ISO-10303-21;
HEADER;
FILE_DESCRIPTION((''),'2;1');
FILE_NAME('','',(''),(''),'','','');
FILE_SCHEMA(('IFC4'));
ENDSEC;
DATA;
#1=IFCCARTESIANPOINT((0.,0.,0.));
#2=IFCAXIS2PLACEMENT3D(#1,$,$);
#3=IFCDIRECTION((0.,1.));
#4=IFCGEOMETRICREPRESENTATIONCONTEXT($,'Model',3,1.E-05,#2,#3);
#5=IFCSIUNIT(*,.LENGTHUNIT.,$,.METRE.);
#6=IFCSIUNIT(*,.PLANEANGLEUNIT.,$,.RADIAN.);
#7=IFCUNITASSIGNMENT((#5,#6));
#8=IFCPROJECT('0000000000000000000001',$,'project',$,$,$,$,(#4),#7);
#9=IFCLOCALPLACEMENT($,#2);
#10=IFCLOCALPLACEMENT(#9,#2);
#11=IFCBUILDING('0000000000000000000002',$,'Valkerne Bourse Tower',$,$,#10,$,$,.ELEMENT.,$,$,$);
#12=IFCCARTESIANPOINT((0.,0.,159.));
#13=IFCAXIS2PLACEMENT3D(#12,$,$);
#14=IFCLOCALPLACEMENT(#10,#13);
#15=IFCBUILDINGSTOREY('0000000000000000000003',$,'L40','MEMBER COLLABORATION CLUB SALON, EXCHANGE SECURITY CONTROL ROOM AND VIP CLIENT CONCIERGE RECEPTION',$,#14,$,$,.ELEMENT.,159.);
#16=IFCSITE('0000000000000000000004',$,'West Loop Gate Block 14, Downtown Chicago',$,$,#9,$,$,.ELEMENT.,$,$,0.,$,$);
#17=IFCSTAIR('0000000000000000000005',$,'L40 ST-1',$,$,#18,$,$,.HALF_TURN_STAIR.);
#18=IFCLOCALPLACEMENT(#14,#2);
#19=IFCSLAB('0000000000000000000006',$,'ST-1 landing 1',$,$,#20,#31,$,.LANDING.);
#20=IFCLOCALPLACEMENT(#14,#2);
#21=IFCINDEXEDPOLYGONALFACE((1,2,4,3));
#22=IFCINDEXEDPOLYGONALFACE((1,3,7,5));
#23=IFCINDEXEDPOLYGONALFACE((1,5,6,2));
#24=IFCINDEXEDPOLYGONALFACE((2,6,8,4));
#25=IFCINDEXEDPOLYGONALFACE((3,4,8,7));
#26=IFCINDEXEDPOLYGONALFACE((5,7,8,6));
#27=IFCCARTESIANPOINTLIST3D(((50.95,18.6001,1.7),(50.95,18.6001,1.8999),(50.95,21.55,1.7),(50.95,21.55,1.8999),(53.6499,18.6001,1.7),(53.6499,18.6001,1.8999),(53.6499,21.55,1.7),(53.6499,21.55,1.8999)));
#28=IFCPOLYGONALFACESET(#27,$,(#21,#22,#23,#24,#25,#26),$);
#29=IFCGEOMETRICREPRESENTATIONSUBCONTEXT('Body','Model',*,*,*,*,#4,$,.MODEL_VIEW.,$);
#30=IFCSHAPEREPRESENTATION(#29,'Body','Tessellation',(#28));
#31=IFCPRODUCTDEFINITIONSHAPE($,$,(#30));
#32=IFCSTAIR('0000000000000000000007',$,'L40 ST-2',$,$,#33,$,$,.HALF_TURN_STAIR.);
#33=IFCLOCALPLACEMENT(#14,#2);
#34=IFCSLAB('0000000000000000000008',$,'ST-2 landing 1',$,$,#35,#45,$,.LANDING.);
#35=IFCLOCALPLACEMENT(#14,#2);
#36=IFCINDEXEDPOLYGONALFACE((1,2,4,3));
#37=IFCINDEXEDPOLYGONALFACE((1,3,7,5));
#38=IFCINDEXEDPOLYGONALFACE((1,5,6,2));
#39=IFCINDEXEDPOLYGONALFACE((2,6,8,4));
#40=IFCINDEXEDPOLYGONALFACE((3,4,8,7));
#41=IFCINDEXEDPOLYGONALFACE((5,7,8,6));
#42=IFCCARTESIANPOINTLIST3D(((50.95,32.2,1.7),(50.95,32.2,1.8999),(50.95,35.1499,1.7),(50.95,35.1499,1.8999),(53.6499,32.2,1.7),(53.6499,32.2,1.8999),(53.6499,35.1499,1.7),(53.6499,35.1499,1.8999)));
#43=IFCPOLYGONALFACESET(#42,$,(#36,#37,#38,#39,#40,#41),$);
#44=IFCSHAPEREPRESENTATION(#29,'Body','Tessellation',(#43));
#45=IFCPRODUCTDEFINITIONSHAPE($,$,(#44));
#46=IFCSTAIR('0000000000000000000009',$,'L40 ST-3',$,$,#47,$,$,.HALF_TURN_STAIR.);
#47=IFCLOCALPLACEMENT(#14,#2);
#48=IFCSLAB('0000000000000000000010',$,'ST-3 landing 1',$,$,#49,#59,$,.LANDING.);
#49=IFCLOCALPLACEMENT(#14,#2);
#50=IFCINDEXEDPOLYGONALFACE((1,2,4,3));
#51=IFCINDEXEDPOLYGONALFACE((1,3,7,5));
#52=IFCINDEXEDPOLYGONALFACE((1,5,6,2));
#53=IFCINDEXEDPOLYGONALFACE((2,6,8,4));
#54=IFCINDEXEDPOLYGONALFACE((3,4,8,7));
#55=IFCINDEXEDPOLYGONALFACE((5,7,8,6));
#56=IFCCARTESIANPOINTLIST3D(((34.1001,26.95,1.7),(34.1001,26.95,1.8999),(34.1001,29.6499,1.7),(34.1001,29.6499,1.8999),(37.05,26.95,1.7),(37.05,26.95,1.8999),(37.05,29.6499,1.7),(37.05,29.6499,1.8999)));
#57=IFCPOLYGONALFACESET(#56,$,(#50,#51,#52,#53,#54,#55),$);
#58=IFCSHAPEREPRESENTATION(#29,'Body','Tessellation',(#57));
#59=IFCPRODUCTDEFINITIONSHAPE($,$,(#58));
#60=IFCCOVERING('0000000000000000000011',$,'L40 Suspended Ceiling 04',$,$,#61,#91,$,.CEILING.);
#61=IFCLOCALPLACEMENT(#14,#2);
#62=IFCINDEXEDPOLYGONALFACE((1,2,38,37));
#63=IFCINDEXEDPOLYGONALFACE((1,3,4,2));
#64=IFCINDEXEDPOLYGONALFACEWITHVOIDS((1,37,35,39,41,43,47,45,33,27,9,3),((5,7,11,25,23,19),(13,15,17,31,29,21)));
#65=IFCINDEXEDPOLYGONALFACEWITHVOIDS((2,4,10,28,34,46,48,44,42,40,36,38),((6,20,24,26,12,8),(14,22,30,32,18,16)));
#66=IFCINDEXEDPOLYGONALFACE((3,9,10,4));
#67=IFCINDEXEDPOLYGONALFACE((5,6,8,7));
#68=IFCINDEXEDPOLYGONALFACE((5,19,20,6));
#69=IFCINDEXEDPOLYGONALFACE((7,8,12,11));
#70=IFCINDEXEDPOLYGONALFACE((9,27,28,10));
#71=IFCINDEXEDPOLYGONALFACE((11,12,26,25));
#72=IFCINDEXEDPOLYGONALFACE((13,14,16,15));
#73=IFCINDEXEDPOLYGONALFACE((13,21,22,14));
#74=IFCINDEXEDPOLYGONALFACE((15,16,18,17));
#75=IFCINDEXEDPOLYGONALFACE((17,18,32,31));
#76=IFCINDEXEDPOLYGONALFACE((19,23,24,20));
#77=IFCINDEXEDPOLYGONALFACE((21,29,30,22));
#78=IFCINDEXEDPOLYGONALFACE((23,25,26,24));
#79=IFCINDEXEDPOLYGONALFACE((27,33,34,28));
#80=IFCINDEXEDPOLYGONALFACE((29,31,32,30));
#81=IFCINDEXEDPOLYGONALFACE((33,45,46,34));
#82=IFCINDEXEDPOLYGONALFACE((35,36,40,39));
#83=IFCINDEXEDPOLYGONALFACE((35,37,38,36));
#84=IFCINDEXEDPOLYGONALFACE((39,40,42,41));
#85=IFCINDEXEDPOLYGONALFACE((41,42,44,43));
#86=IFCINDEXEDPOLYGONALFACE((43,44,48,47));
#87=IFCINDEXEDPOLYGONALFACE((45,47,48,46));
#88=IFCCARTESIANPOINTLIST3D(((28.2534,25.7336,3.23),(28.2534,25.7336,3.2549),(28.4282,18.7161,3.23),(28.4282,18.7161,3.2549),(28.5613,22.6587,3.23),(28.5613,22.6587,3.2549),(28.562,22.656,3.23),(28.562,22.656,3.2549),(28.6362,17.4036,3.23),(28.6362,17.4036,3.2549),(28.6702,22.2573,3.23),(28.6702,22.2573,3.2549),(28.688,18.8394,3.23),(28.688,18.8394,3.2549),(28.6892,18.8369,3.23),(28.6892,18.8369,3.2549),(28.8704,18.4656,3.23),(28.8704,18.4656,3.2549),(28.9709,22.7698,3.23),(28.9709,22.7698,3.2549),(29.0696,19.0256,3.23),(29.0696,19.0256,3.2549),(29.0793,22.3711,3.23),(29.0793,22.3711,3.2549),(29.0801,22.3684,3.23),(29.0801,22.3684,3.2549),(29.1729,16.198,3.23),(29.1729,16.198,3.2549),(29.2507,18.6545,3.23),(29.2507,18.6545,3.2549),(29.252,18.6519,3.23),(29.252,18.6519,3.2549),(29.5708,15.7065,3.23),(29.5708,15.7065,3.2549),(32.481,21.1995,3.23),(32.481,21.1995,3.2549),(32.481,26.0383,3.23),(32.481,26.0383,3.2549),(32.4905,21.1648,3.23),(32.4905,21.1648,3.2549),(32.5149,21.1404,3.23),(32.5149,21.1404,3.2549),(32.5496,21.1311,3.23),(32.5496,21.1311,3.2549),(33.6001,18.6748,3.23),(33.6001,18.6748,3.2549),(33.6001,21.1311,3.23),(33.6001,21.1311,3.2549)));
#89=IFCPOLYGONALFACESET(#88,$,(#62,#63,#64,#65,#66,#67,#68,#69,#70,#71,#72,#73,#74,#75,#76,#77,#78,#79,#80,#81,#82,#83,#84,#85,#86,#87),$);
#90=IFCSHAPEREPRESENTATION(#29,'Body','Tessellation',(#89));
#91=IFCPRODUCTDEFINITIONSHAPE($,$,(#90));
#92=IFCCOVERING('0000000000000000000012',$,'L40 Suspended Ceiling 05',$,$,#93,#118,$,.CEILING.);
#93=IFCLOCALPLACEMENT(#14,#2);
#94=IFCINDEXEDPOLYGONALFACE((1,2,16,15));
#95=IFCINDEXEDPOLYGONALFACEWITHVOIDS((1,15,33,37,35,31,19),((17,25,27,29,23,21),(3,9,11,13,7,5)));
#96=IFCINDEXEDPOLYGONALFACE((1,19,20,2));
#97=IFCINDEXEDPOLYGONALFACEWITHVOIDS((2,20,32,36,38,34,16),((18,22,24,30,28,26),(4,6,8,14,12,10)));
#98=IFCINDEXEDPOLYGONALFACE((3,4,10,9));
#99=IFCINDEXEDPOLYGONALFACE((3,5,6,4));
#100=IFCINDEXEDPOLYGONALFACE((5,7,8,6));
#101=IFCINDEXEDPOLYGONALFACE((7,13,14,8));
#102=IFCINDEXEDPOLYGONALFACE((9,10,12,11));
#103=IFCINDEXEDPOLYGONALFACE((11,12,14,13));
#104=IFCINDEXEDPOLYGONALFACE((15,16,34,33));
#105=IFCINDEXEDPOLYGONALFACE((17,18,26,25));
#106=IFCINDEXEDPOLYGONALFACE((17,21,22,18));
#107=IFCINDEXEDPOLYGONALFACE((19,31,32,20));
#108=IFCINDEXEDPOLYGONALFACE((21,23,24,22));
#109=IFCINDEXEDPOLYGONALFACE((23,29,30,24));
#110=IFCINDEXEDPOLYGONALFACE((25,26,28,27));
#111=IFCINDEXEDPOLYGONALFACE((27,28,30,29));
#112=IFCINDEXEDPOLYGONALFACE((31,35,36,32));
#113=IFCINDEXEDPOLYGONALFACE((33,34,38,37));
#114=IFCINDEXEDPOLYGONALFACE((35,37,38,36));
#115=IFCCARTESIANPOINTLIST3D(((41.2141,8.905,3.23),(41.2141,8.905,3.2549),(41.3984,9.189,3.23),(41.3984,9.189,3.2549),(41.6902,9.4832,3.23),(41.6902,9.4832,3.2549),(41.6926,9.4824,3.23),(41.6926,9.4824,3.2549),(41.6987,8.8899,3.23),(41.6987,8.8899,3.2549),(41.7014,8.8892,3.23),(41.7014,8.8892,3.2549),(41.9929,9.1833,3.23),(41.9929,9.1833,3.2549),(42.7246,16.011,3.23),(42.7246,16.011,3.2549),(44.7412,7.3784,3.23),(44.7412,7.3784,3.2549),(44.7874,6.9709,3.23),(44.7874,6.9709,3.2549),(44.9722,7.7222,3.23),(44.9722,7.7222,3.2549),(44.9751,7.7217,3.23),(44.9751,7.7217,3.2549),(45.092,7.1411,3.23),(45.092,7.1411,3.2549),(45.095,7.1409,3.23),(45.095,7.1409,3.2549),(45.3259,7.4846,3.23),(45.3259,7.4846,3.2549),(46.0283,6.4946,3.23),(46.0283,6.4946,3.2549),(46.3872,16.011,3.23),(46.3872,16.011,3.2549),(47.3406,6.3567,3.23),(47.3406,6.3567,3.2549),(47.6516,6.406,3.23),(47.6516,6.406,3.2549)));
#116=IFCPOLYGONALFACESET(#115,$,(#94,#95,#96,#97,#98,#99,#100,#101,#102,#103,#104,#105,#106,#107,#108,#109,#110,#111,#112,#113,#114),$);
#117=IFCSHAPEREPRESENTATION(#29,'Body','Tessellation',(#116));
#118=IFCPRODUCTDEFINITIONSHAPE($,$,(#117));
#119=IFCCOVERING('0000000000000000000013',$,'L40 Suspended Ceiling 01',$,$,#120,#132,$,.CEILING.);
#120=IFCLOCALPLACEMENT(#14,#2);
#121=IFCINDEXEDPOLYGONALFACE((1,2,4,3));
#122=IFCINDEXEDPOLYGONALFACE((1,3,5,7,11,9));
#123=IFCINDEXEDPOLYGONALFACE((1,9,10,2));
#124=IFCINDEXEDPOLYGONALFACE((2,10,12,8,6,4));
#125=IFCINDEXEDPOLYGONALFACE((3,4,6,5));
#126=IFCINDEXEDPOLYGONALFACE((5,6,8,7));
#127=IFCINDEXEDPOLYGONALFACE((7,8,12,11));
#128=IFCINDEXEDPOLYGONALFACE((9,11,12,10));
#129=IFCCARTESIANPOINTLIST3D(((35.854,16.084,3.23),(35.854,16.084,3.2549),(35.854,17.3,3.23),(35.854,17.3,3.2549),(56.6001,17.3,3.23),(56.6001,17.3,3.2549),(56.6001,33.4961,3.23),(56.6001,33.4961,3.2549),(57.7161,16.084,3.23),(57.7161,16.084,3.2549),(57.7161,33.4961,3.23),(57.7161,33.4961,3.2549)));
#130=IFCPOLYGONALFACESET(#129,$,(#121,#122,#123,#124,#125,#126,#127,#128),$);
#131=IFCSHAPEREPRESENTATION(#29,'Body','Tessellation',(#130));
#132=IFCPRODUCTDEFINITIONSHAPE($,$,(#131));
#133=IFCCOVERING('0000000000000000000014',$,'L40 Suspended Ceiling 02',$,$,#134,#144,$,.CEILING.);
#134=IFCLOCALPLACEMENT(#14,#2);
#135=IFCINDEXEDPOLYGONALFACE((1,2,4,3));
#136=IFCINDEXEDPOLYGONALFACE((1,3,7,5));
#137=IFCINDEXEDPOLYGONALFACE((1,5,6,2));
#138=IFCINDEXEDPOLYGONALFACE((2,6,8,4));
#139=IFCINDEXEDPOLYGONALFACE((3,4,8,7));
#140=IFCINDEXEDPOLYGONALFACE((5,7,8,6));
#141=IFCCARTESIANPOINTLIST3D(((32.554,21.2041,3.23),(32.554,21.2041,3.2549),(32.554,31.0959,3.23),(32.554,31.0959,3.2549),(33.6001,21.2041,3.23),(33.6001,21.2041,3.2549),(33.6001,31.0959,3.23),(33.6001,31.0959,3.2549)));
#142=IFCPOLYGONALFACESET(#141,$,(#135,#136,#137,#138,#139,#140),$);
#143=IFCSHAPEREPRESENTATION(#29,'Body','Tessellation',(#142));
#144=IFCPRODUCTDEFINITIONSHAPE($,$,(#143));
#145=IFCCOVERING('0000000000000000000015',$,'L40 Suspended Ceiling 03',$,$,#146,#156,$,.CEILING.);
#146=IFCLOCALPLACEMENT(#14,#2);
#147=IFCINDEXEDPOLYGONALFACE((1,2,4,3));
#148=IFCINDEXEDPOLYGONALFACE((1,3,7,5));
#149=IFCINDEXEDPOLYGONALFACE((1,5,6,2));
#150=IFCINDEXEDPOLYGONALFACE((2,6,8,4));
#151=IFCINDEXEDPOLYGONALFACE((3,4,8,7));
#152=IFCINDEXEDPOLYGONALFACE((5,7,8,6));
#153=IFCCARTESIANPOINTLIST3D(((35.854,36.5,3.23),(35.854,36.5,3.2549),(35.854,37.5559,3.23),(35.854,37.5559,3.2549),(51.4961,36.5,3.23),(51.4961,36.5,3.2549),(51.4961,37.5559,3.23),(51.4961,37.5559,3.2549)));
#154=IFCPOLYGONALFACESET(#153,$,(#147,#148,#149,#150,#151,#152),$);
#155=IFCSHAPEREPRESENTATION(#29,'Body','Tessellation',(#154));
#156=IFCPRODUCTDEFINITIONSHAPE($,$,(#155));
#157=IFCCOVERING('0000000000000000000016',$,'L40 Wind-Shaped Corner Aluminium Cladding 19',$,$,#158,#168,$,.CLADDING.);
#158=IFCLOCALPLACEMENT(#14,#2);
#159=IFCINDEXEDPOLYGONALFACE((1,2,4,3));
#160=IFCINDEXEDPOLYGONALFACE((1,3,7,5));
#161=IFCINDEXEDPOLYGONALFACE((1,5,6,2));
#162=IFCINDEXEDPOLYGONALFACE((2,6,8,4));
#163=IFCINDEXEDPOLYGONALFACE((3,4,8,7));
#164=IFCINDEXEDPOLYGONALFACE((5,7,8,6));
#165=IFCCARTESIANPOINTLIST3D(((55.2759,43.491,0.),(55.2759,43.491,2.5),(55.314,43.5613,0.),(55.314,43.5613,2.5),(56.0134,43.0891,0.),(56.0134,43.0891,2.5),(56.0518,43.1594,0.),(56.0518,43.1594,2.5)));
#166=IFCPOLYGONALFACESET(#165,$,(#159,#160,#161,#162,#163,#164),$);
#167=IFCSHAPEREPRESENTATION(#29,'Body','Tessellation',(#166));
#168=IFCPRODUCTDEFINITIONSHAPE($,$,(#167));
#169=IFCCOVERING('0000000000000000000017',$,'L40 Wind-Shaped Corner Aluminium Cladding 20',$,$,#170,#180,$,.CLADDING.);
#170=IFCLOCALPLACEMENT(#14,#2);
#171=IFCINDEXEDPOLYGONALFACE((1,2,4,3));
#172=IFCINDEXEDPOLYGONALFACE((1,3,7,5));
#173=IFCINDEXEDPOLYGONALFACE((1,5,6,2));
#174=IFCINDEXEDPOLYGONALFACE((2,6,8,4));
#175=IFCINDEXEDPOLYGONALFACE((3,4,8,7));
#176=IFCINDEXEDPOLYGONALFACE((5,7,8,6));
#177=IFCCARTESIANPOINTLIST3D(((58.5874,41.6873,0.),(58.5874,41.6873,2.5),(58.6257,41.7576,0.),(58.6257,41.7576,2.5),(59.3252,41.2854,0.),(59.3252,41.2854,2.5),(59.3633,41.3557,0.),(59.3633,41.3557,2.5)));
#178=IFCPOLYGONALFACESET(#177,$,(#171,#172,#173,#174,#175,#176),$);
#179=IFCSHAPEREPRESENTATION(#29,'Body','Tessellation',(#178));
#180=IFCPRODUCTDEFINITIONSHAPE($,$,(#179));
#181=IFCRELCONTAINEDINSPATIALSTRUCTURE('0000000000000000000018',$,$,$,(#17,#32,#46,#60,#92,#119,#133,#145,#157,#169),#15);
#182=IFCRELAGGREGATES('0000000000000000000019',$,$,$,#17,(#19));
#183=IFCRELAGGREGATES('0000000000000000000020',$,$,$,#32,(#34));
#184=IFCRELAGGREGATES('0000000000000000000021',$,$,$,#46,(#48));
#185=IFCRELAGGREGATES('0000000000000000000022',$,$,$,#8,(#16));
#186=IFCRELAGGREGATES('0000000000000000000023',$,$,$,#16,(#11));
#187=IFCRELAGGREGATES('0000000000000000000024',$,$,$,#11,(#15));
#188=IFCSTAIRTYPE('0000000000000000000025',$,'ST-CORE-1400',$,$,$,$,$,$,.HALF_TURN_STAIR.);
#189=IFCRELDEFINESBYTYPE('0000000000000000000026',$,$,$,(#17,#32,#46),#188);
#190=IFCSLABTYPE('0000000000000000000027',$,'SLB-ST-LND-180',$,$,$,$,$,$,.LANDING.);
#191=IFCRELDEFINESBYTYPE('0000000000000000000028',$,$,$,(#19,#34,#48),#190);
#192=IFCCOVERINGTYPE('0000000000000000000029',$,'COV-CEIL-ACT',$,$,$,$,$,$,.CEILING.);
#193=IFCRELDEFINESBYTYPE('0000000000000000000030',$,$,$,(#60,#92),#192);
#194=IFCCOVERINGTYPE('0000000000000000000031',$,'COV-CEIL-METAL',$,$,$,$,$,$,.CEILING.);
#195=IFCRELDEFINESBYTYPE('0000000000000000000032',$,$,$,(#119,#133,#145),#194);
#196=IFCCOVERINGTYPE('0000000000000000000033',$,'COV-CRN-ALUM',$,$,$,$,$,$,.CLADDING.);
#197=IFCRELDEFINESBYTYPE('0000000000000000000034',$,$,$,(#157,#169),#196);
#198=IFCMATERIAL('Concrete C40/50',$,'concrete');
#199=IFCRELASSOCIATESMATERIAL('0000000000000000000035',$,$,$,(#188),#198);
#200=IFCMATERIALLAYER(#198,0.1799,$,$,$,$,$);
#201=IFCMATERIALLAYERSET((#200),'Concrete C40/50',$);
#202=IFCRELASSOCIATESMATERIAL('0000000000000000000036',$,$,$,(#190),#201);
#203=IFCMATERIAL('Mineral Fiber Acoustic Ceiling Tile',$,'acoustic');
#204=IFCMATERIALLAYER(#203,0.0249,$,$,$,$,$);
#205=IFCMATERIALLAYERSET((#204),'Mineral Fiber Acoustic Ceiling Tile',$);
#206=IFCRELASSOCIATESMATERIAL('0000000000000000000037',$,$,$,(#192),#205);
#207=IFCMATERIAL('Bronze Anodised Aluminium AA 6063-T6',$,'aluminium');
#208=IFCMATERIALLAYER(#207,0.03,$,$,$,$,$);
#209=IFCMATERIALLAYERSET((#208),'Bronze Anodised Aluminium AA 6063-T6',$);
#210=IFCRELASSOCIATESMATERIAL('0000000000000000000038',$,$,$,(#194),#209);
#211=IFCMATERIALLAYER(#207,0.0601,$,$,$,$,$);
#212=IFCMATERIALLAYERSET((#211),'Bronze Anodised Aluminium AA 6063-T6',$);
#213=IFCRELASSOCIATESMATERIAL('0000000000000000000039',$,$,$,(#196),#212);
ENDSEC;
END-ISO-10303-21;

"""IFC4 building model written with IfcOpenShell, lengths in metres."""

from ifc_helpers import new_model, si_unit, direction, frame, origin, place, context, subcontext, project, spatial, polyline, outline, extrude, material, layer, layer_set, type_object, element, aggregate, save


model = new_model("IFC4")

# Units and contexts
model_context = context("Model", 3, precision=1e-05, world=origin(), true_north=direction((0.0, 1.0)))
body_context = subcontext(model_context, "Body", "Model", "MODEL_VIEW")
ifc_project = project(units=[si_unit("LENGTHUNIT", "METRE"), si_unit("PLANEANGLEUNIT", "RADIAN")], contexts=[model_context])

# Site, building, storey
site_placement = place(None, origin())
site = spatial("IfcSite", under=ifc_project, at=site_placement, Name="West Loop Gate Block 14, Downtown Chicago", CompositionType="ELEMENT", RefElevation=0.0)
building_placement = place(site_placement, origin())
building = spatial("IfcBuilding", under=site, at=building_placement, Name="Valkerne Bourse Tower", CompositionType="ELEMENT")
storey_placement = place(building_placement, frame((0.0, 0.0, 159.0)))
storey = spatial("IfcBuildingStorey", under=building, at=storey_placement, Name="L40", Description="MEMBER COLLABORATION CLUB SALON, EXCHANGE SECURITY CONTROL ROOM AND VIP CLIENT CONCIERGE RECEPTION", CompositionType="ELEMENT", Elevation=159.0)

# Stairs, slabs
ifc_material_1 = material(Name="Concrete C40/50", Category="concrete")
stair_type = type_object("IfcStairType", Name="ST-CORE-1400", PredefinedType="HALF_TURN_STAIR", material=ifc_material_1)
stair_1_placement = place(storey_placement, origin())
stair_1 = element("IfcStair", 1, at=stair_1_placement, inside=storey, type_object=stair_type, Name="L40 ST-1", PredefinedType="HALF_TURN_STAIR")
ifc_layer_1 = layer(ifc_material_1, 0.1799)
ifc_layer_set_1 = layer_set([ifc_layer_1], Name="Concrete C40/50")
slab_type = type_object("IfcSlabType", Name="SLB-ST-LND-180", PredefinedType="LANDING", material=ifc_layer_set_1)
slab_1_placement = place(storey_placement, frame((0.0, 0.0, 1.7)))
slab_1 = element("IfcSlab", 2, at=slab_1_placement, type_object=slab_type, Name="ST-1 landing 1", PredefinedType="LANDING", context=body_context, shape_type="SweptSolid", body=[
    extrude(outline(polyline([(50.95, 18.6001), (53.6499, 18.6001), (53.6499, 21.55), (50.95, 21.55), (50.95, 18.6001)])), origin(), (0.0, 0.0, 1.0), 0.2),
])
aggregate(stair_1, [slab_1])
stair_2_placement = place(storey_placement, origin())
stair_2 = element("IfcStair", 3, at=stair_2_placement, inside=storey, type_object=stair_type, Name="L40 ST-2", PredefinedType="HALF_TURN_STAIR")
slab_2_placement = place(storey_placement, frame((0.0, 0.0, 1.7)))
slab_2 = element("IfcSlab", 4, at=slab_2_placement, type_object=slab_type, Name="ST-2 landing 1", PredefinedType="LANDING", context=body_context, shape_type="SweptSolid", body=[
    extrude(outline(polyline([(50.95, 32.2), (53.6499, 32.2), (53.6499, 35.1499), (50.95, 35.1499), (50.95, 32.2)])), origin(), (0.0, 0.0, 1.0), 0.2),
])
aggregate(stair_2, [slab_2])
stair_3_placement = place(storey_placement, origin())
stair_3 = element("IfcStair", 5, at=stair_3_placement, inside=storey, type_object=stair_type, Name="L40 ST-3", PredefinedType="HALF_TURN_STAIR")
slab_3_placement = place(storey_placement, frame((0.0, 0.0, 1.7)))
slab_3 = element("IfcSlab", 6, at=slab_3_placement, type_object=slab_type, Name="ST-3 landing 1", PredefinedType="LANDING", context=body_context, shape_type="SweptSolid", body=[
    extrude(outline(polyline([(37.05, 26.95), (37.05, 29.6499), (34.1001, 29.6499), (34.1001, 26.95), (37.05, 26.95)])), origin(), (0.0, 0.0, 1.0), 0.2),
])
aggregate(stair_3, [slab_3])

# Coverings
ifc_material_2 = material(Name="Mineral Fiber Acoustic Ceiling Tile", Category="acoustic")
ifc_layer_2 = layer(ifc_material_2, 0.0249)
ifc_layer_set_2 = layer_set([ifc_layer_2], Name="Mineral Fiber Acoustic Ceiling Tile")
covering_type_1 = type_object("IfcCoveringType", Name="COV-CEIL-ACT", PredefinedType="CEILING", material=ifc_layer_set_2)
covering_1_placement = place(storey_placement, frame((0.0, 0.0, 3.23)))
element("IfcCovering", 7, at=covering_1_placement, inside=storey, type_object=covering_type_1, Name="L40 Suspended Ceiling 04", PredefinedType="CEILING", context=body_context, shape_type="SweptSolid", body=[
    extrude(outline(polyline([(28.4282, 18.7161), (28.2534, 25.7336), (32.481, 26.0383), (32.481, 21.1995), (32.4905, 21.1648), (32.5149, 21.1404), (32.5496, 21.1311), (33.6001, 21.1311), (33.6001, 18.6748), (29.5708, 15.7065), (29.1729, 16.198), (28.6362, 17.4036), (28.4282, 18.7161)]), holes=[polyline([(29.252, 18.6519), (29.2507, 18.6545), (29.0696, 19.0256), (28.688, 18.8394), (28.6892, 18.8369), (28.8704, 18.4656), (29.252, 18.6519)]), polyline([(29.0793, 22.3711), (28.9709, 22.7698), (28.5613, 22.6587), (28.562, 22.656), (28.6702, 22.2573), (29.0801, 22.3684), (29.0793, 22.3711)])]), origin(), (0.0, 0.0, 1.0), 0.0249),
])
covering_2_placement = place(storey_placement, frame((0.0, 0.0, 3.23)))
element("IfcCovering", 8, at=covering_2_placement, inside=storey, type_object=covering_type_1, Name="L40 Suspended Ceiling 05", PredefinedType="CEILING", context=body_context, shape_type="SweptSolid", body=[
    extrude(outline(polyline([(44.7874, 6.9709), (41.2141, 8.905), (42.7246, 16.011), (46.3872, 16.011), (47.6516, 6.406), (47.3406, 6.3567), (46.0283, 6.4946), (44.7874, 6.9709)]), holes=[polyline([(45.3259, 7.4846), (44.9751, 7.7217), (44.9722, 7.7222), (44.7412, 7.3784), (45.092, 7.1411), (45.095, 7.1409), (45.3259, 7.4846)]), polyline([(41.6926, 9.4824), (41.6902, 9.4832), (41.3984, 9.189), (41.6987, 8.8899), (41.7014, 8.8892), (41.9929, 9.1833), (41.6926, 9.4824)])]), origin(), (0.0, 0.0, 1.0), 0.0249),
])
ifc_material_3 = material(Name="Bronze Anodised Aluminium AA 6063-T6", Category="aluminium")
ifc_layer_3 = layer(ifc_material_3, 0.03)
ifc_layer_set_3 = layer_set([ifc_layer_3], Name="Bronze Anodised Aluminium AA 6063-T6")
covering_type_2 = type_object("IfcCoveringType", Name="COV-CEIL-METAL", PredefinedType="CEILING", material=ifc_layer_set_3)
covering_3_placement = place(storey_placement, frame((0.0, 0.0, 3.23)))
element("IfcCovering", 9, at=covering_3_placement, inside=storey, type_object=covering_type_2, Name="L40 Suspended Ceiling 01", PredefinedType="CEILING", context=body_context, shape_type="SweptSolid", body=[
    extrude(outline(polyline([(35.854, 17.3), (56.6001, 17.3), (56.6001, 33.4961), (57.7161, 33.4961), (57.7161, 16.084), (35.854, 16.084), (35.854, 17.3)])), origin(), (0.0, 0.0, 1.0), 0.0249),
])
covering_4_placement = place(storey_placement, frame((0.0, 0.0, 3.23)))
element("IfcCovering", 10, at=covering_4_placement, inside=storey, type_object=covering_type_2, Name="L40 Suspended Ceiling 02", PredefinedType="CEILING", context=body_context, shape_type="SweptSolid", body=[
    extrude(outline(polyline([(32.554, 21.2041), (32.554, 31.0959), (33.6001, 31.0959), (33.6001, 21.2041), (32.554, 21.2041)])), origin(), (0.0, 0.0, 1.0), 0.0249),
])
covering_5_placement = place(storey_placement, frame((0.0, 0.0, 3.23)))
element("IfcCovering", 11, at=covering_5_placement, inside=storey, type_object=covering_type_2, Name="L40 Suspended Ceiling 03", PredefinedType="CEILING", context=body_context, shape_type="SweptSolid", body=[
    extrude(outline(polyline([(35.854, 37.5559), (51.4961, 37.5559), (51.4961, 36.5), (35.854, 36.5), (35.854, 37.5559)])), origin(), (0.0, 0.0, 1.0), 0.0249),
])
ifc_layer_4 = layer(ifc_material_3, 0.0601)
ifc_layer_set_4 = layer_set([ifc_layer_4], Name="Bronze Anodised Aluminium AA 6063-T6")
covering_type_3 = type_object("IfcCoveringType", Name="COV-CRN-ALUM", PredefinedType="CLADDING", material=ifc_layer_set_4)
covering_6_placement = place(storey_placement, origin())
element("IfcCovering", 12, at=covering_6_placement, inside=storey, type_object=covering_type_3, Name="L40 Wind-Shaped Corner Aluminium Cladding 19", PredefinedType="CLADDING", context=body_context, shape_type="SweptSolid", body=[
    extrude(outline(polyline([(56.0518, 43.1594), (56.0134, 43.0891), (55.2759, 43.491), (55.314, 43.5613), (56.0518, 43.1594)])), origin(), (0.0, 0.0, 1.0), 2.5),
])
covering_7_placement = place(storey_placement, origin())
element("IfcCovering", 13, at=covering_7_placement, inside=storey, type_object=covering_type_3, Name="L40 Wind-Shaped Corner Aluminium Cladding 20", PredefinedType="CLADDING", context=body_context, shape_type="SweptSolid", body=[
    extrude(outline(polyline([(59.3633, 41.3557), (59.3252, 41.2854), (58.5874, 41.6873), (58.6257, 41.7576), (59.3633, 41.3557)])), origin(), (0.0, 0.0, 1.0), 2.5),
])

save(model, "model.ifc")
